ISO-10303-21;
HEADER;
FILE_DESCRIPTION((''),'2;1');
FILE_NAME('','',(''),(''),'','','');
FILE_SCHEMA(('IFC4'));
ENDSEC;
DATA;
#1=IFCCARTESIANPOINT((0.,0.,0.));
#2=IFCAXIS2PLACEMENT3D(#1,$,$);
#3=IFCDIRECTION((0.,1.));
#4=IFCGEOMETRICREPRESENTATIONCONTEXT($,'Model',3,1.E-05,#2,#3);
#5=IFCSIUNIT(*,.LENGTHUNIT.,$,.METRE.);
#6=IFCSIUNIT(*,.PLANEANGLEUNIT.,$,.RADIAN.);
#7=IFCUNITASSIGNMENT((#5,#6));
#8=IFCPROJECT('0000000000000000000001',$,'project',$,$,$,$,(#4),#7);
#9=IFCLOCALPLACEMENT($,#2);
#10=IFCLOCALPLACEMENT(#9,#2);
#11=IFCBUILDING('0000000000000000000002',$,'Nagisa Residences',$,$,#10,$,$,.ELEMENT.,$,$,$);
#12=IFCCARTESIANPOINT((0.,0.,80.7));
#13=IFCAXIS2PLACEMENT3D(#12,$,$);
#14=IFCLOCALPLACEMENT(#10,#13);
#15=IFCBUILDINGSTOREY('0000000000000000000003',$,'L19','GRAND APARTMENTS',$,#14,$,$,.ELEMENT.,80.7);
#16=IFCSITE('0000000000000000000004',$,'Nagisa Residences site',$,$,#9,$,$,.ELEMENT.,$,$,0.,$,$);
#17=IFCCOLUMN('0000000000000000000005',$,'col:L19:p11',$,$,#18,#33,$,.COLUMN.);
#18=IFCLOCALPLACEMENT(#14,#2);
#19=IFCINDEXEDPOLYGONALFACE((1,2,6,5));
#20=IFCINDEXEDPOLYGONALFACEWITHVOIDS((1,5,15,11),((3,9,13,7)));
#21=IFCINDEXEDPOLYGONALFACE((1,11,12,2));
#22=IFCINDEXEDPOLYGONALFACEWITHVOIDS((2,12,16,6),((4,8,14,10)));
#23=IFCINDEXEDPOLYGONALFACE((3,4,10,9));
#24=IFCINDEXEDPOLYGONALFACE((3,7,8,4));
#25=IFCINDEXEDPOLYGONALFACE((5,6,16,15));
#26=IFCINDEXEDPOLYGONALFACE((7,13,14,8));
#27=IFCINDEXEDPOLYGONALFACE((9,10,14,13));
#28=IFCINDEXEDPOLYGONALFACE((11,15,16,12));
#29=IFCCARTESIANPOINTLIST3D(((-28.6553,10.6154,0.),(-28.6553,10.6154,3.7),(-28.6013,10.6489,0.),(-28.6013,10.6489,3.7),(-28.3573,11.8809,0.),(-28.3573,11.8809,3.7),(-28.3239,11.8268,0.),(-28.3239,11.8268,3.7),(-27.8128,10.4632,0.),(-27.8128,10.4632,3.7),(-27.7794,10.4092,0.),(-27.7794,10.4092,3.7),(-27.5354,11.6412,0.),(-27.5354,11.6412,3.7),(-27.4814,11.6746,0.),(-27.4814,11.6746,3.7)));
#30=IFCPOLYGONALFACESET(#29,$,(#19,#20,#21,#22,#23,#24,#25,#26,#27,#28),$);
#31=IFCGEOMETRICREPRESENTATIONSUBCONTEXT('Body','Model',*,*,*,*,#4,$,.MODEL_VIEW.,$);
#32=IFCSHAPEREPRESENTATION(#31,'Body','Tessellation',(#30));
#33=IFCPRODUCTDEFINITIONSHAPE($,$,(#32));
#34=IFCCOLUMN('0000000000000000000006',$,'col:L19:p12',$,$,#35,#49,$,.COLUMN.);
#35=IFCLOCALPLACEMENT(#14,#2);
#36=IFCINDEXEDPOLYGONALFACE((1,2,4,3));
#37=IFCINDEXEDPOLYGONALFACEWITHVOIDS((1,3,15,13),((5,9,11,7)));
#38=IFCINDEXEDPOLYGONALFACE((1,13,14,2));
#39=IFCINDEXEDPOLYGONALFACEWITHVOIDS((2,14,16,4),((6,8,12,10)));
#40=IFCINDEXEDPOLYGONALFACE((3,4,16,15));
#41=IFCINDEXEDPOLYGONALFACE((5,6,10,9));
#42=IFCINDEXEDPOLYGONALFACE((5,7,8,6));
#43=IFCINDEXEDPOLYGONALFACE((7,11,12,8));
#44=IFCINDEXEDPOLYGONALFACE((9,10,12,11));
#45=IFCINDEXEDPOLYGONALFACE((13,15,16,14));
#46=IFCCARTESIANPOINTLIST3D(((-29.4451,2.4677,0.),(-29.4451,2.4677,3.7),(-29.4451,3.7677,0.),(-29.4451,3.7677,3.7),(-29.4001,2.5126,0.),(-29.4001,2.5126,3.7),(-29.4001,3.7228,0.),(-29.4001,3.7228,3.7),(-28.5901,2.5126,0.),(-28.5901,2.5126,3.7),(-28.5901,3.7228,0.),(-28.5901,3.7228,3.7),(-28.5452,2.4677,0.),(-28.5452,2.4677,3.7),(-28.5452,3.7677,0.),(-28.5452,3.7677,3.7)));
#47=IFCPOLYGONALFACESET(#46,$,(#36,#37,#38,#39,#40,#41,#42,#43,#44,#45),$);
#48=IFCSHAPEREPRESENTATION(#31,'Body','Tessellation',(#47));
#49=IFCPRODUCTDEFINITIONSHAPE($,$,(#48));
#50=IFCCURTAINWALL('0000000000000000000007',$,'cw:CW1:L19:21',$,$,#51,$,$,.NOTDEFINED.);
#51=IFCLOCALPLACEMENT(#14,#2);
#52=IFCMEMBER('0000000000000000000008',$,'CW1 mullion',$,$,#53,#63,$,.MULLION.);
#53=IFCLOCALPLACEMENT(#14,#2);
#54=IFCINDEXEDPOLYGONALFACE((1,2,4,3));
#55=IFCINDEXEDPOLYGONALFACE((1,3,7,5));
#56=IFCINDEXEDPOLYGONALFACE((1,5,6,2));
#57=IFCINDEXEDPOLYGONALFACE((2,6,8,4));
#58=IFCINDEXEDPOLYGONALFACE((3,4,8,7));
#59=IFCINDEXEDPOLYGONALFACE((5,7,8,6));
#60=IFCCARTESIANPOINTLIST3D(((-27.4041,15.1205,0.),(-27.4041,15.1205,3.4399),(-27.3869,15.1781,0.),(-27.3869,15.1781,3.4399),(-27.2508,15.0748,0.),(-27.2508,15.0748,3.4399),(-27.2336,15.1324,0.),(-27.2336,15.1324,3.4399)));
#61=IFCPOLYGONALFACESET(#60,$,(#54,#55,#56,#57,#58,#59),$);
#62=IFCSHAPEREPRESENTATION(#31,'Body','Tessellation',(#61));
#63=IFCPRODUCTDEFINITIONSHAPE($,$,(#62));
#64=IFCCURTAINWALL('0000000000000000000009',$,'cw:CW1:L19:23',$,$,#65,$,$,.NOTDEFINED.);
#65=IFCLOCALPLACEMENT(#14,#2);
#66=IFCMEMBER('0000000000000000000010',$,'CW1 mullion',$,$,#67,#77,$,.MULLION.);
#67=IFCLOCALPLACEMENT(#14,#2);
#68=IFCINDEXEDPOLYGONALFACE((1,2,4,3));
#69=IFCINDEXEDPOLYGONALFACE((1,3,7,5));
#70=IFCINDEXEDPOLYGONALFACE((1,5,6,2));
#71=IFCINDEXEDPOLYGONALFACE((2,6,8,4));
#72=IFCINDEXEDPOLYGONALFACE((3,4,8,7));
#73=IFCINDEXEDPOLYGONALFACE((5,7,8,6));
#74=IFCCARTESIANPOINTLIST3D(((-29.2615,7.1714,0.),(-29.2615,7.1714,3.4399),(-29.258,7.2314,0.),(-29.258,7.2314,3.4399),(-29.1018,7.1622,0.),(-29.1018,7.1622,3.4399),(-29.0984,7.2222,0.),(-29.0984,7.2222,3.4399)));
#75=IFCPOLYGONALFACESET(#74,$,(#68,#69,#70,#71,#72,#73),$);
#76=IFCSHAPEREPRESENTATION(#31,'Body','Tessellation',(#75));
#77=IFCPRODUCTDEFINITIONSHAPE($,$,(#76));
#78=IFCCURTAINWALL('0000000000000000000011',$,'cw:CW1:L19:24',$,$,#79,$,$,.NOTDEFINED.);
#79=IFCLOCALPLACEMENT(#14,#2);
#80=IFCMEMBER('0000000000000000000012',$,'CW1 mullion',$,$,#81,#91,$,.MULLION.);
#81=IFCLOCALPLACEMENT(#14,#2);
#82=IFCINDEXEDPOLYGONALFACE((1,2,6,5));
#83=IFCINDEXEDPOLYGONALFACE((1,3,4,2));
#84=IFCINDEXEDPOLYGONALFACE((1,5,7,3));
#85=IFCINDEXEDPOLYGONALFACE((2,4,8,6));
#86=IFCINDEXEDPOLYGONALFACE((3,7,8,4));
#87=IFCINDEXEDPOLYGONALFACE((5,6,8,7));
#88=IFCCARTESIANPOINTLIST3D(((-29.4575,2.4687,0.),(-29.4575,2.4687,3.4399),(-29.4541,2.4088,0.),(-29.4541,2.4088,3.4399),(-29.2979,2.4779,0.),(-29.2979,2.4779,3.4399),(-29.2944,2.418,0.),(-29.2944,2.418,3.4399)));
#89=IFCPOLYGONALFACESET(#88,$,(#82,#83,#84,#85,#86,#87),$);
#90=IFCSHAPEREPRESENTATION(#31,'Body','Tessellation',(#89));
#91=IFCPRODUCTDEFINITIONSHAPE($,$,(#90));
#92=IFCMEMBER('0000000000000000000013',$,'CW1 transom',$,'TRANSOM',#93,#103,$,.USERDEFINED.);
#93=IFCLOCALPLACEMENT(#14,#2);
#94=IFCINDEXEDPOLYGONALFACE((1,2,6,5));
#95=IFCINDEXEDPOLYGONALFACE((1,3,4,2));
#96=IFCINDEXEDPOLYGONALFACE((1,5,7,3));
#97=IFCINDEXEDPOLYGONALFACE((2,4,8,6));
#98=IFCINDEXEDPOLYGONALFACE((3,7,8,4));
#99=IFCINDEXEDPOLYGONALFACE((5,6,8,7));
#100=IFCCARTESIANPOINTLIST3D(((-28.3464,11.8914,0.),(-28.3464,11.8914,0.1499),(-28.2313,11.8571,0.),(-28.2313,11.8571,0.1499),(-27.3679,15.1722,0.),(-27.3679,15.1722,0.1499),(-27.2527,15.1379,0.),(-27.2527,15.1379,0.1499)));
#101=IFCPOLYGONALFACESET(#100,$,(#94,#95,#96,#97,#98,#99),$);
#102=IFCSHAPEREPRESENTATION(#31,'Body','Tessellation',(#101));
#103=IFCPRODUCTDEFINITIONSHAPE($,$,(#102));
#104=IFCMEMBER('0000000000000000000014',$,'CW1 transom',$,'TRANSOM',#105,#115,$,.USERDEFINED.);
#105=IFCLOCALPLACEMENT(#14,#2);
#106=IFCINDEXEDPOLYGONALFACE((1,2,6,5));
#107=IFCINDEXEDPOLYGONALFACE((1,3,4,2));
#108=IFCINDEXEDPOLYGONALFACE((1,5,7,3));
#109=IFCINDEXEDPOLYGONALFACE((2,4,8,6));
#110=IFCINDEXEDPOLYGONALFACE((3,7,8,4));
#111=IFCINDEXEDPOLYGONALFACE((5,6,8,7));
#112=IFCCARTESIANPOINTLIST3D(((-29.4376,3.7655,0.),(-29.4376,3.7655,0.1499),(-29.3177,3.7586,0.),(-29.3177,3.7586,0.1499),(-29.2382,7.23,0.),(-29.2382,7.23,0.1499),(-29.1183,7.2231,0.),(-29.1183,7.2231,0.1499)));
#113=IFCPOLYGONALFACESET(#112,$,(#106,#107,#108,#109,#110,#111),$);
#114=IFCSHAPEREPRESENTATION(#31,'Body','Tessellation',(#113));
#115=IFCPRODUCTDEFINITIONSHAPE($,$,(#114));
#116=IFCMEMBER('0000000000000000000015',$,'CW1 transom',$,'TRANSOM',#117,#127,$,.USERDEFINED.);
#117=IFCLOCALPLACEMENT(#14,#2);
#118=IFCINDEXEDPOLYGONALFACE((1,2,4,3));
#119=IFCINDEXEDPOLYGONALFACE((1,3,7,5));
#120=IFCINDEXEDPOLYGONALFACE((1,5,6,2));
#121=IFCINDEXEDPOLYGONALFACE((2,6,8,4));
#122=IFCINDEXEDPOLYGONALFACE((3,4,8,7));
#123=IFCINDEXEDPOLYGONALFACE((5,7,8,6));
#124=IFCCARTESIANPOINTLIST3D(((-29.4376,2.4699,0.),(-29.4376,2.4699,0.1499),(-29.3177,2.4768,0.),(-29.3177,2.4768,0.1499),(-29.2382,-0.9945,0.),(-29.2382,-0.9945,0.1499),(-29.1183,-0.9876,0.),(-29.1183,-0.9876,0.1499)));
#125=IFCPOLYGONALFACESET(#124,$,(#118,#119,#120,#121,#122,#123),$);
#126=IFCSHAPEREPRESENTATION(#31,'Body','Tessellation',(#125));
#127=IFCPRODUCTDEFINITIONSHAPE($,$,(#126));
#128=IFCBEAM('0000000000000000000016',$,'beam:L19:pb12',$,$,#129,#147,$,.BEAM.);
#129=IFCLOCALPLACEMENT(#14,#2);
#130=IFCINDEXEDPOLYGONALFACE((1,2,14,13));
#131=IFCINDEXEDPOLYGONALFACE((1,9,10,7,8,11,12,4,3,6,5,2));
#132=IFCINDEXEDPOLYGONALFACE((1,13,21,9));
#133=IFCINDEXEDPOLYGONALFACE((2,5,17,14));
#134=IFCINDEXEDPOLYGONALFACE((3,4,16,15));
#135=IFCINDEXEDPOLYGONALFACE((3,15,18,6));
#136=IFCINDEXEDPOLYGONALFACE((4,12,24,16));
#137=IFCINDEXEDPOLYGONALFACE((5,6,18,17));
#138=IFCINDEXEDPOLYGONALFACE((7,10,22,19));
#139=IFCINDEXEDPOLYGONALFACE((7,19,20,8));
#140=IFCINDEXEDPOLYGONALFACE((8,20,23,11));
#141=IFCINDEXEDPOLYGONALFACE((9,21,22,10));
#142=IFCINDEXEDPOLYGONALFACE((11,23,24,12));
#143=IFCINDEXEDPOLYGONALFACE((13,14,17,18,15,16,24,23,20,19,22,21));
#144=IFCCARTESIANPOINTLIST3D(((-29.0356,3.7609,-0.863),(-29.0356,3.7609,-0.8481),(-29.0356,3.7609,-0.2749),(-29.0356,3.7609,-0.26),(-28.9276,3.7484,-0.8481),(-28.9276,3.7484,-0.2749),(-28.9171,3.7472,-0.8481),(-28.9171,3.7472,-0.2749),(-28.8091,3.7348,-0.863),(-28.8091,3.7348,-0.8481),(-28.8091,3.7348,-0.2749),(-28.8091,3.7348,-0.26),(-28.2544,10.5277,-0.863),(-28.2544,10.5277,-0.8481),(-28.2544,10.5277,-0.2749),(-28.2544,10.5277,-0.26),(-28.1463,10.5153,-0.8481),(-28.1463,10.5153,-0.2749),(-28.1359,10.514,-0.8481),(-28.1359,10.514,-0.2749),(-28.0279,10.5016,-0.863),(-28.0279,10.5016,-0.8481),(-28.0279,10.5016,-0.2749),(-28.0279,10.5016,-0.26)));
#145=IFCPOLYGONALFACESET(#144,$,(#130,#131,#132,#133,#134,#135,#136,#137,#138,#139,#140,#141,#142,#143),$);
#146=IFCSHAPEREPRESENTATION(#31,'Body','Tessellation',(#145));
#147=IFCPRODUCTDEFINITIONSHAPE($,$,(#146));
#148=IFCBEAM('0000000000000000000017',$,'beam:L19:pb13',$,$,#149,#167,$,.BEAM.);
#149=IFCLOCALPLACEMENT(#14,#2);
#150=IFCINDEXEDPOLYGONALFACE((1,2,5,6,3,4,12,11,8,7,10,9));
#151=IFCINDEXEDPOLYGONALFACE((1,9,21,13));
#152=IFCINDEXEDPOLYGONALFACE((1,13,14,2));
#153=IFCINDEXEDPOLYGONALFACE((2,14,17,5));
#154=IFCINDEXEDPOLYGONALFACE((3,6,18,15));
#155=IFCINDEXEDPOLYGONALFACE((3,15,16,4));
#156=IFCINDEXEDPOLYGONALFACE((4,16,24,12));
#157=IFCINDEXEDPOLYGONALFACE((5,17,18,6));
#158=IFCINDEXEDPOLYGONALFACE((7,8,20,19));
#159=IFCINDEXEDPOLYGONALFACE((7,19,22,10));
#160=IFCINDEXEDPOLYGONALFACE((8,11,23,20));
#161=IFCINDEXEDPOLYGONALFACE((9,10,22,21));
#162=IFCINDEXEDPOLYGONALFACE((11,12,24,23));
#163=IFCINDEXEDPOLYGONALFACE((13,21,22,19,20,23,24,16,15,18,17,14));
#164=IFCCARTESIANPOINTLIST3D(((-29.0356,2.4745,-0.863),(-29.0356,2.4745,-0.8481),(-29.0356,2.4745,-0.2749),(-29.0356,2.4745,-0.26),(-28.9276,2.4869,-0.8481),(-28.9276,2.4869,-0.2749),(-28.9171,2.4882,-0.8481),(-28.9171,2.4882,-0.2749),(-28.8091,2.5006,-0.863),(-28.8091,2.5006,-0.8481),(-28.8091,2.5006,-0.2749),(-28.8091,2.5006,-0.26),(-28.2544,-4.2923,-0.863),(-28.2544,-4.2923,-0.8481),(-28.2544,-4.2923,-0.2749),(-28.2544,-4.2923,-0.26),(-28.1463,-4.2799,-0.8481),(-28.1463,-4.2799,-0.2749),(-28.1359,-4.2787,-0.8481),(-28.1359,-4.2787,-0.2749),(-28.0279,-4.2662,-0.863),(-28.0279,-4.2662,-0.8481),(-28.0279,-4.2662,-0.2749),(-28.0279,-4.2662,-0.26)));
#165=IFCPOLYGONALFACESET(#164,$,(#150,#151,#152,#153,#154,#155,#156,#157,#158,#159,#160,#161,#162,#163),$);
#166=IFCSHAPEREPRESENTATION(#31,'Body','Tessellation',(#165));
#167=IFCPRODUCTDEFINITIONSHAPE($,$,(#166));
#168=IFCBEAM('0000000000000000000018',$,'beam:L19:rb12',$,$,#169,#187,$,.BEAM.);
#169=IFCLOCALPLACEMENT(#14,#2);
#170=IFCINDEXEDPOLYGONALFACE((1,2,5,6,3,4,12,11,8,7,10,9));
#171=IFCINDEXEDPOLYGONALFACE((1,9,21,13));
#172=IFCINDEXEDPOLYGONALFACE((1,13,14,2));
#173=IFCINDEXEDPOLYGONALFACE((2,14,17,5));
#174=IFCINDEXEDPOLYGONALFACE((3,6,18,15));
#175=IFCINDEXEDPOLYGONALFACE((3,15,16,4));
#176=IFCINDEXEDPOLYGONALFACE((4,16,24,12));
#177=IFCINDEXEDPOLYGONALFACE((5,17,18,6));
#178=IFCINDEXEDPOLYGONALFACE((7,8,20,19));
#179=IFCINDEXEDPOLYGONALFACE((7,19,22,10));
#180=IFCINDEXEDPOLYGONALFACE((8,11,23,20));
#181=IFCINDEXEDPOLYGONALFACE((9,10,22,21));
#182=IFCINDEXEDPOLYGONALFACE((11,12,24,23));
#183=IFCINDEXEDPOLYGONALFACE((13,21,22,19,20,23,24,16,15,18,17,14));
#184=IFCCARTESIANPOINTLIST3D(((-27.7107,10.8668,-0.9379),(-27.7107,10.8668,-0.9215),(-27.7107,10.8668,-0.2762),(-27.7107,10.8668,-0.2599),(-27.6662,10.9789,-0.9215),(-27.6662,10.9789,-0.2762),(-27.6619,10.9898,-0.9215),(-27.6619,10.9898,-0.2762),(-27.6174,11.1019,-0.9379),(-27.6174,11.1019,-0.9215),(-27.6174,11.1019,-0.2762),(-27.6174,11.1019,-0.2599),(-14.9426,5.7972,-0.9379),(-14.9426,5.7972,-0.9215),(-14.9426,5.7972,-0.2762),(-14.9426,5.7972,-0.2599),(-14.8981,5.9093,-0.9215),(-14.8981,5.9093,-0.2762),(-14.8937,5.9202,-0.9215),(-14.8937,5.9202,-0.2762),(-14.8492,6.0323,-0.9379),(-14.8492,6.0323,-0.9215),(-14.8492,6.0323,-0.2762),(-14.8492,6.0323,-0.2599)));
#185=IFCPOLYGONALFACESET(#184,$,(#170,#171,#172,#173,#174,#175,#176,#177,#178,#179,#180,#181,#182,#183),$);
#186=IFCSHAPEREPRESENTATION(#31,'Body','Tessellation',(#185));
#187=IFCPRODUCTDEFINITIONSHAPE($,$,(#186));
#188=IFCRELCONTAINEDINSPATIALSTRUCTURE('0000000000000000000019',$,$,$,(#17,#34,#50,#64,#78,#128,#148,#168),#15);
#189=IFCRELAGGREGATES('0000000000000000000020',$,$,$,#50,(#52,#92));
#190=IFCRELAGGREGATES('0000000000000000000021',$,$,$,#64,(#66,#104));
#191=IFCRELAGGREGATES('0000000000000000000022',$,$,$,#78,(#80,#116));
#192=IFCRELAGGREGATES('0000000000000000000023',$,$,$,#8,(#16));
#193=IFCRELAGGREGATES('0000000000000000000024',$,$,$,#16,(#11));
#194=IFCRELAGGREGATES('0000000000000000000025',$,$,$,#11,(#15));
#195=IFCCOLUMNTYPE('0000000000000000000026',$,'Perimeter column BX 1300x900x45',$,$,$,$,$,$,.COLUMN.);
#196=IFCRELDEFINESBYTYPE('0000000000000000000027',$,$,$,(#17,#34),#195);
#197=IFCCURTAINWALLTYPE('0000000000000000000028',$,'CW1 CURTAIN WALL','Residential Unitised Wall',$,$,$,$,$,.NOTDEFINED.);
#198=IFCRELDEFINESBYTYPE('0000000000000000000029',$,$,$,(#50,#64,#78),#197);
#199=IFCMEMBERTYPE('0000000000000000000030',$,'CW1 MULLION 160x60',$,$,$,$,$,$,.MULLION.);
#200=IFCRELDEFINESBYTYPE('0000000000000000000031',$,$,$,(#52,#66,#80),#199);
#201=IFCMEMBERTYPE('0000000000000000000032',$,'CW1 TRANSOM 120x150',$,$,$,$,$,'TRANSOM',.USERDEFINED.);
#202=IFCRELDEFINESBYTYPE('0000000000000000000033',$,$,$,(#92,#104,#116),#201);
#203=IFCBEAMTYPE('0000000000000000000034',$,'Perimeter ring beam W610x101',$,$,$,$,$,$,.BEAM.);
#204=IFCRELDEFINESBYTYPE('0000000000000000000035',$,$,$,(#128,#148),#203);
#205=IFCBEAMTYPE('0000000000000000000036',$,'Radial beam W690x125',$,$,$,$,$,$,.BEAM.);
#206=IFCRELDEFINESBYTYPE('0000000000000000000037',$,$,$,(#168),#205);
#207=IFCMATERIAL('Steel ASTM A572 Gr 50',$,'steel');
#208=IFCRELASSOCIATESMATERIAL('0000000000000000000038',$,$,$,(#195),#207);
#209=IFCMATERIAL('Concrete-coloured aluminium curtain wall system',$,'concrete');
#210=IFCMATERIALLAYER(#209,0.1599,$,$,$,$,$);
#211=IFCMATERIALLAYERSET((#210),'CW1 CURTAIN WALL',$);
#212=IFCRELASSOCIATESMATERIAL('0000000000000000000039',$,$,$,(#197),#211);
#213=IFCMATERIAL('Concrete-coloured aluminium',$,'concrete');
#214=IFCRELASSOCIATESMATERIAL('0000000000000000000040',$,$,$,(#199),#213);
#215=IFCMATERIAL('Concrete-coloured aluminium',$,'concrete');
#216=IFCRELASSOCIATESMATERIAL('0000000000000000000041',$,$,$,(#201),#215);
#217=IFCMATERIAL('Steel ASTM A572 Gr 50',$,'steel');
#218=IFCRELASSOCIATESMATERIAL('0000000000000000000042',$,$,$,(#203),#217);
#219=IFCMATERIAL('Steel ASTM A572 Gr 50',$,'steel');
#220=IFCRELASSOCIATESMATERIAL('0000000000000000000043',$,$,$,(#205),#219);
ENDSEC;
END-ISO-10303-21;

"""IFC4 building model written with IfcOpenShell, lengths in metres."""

from ifc_helpers import new_model, si_unit, direction, frame, origin, origin_2d, place, context, subcontext, project, spatial, rectangle, hollow_rectangle, i_section, extrude, material, layer, layer_set, material_profile, profile_set, type_object, element, aggregate, save


model = new_model("IFC4")

# Units and contexts
model_context = context("Model", 3, precision=1e-05, world=origin(), true_north=direction((0.0, 1.0)))
body_context = subcontext(model_context, "Body", "Model", "MODEL_VIEW")
ifc_project = project(units=[si_unit("LENGTHUNIT", "METRE"), si_unit("PLANEANGLEUNIT", "RADIAN")], contexts=[model_context])

# Site, building, storey
site_placement = place(None, origin())
site = spatial("IfcSite", under=ifc_project, at=site_placement, Name="Nagisa Residences site", CompositionType="ELEMENT", RefElevation=0.0)
building_placement = place(site_placement, origin())
building = spatial("IfcBuilding", under=site, at=building_placement, Name="Nagisa Residences", CompositionType="ELEMENT")
storey_placement = place(building_placement, frame((0.0, 0.0, 80.7)))
storey = spatial("IfcBuildingStorey", under=building, at=storey_placement, Name="L19", Description="GRAND APARTMENTS", CompositionType="ELEMENT", Elevation=80.7)

# Columns
ifc_material_1 = material(Name="Steel ASTM A572 Gr 50", Category="steel")
ifc_material_profile_1 = material_profile(ifc_material_1, hollow_rectangle(XDim=1.3, YDim=0.8999, WallThickness=0.0449, at=origin_2d()), Name="BX 1300x900x45")
ifc_profile_set_1 = profile_set([ifc_material_profile_1], Name="Steel ASTM A572 Gr 50")
column_type = type_object("IfcColumnType", Name="Perimeter column BX 1300x900x45", PredefinedType="COLUMN", material=ifc_profile_set_1)
for number, where, z_axis, x_axis, name in (
    (1, (-28.0684, 11.145, 0.0), (0.0, 0.0, 1.0), (-0.229202, -0.973379, 0.0), "col:L19:p11"),
    (2, (-28.9951, 3.1177, 0.0), (0.0, 0.0, 1.0), (0.0, -1.0, 0.0), "col:L19:p12"),
):
    element("IfcColumn", number, at=place(storey_placement, frame(where, z_axis=z_axis, x_axis=x_axis)), inside=storey, type_object=column_type, Name=name, PredefinedType="COLUMN", context=body_context, shape_type="SweptSolid", body=[
        extrude(hollow_rectangle(XDim=1.3, YDim=0.8999, WallThickness=0.0449, at=origin_2d()), origin(), (0.0, 0.0, 1.0), 3.7),
    ])

# Curtain walls, members
ifc_material_2 = material(Name="Concrete-coloured aluminium curtain wall system", Category="concrete")
ifc_layer_1 = layer(ifc_material_2, 0.1599)
ifc_layer_set_1 = layer_set([ifc_layer_1], Name="CW1 CURTAIN WALL")
curtain_wall_type = type_object("IfcCurtainWallType", Name="CW1 CURTAIN WALL", Description="Residential Unitised Wall", PredefinedType="NOTDEFINED", material=ifc_layer_set_1)
curtain_wall_1_placement = place(storey_placement, origin())
curtain_wall_1 = element("IfcCurtainWall", 3, at=curtain_wall_1_placement, inside=storey, type_object=curtain_wall_type, Name="cw:CW1:L19:21", PredefinedType="NOTDEFINED")
ifc_material_3 = material(Name="Concrete-coloured aluminium", Category="concrete")
ifc_material_profile_2 = material_profile(ifc_material_3, rectangle(XDim=0.1599, YDim=0.0601, at=origin_2d()), Name="CW1 MULLION 160x60")
ifc_profile_set_2 = profile_set([ifc_material_profile_2], Name="Concrete-coloured aluminium")
member_type_1 = type_object("IfcMemberType", Name="CW1 MULLION 160x60", PredefinedType="MULLION", material=ifc_profile_set_2)
member_1_placement = place(storey_placement, frame((-27.3188, 15.1265, 0.0), z_axis=(0.0, 0.0, 1.0), x_axis=(0.958271, -0.28586, 0.0)))
member_1 = element("IfcMember", 4, at=member_1_placement, type_object=member_type_1, Name="CW1 mullion", PredefinedType="MULLION", context=body_context, shape_type="SweptSolid", body=[
    extrude(rectangle(XDim=0.1599, YDim=0.0601, at=origin_2d()), origin(), (0.0, 0.0, 1.0), 3.4399),
])
curtain_wall_2_placement = place(storey_placement, origin())
curtain_wall_2 = element("IfcCurtainWall", 5, at=curtain_wall_2_placement, inside=storey, type_object=curtain_wall_type, Name="cw:CW1:L19:23", PredefinedType="NOTDEFINED")
member_2_placement = place(storey_placement, frame((-29.1799, 7.1968, 0.0), z_axis=(0.0, 0.0, 1.0), x_axis=(0.998345, -0.057503, 0.0)))
member_2 = element("IfcMember", 6, at=member_2_placement, type_object=member_type_1, Name="CW1 mullion", PredefinedType="MULLION", context=body_context, shape_type="SweptSolid", body=[
    extrude(rectangle(XDim=0.1599, YDim=0.0601, at=origin_2d()), origin(), (0.0, 0.0, 1.0), 3.4399),
])
curtain_wall_3_placement = place(storey_placement, origin())
curtain_wall_3 = element("IfcCurtainWall", 7, at=curtain_wall_3_placement, inside=storey, type_object=curtain_wall_type, Name="cw:CW1:L19:24", PredefinedType="NOTDEFINED")
member_3_placement = place(storey_placement, frame((-29.376, 2.4434, 0.0), z_axis=(0.0, 0.0, 1.0), x_axis=(0.998345, 0.057503, 0.0)))
member_3 = element("IfcMember", 8, at=member_3_placement, type_object=member_type_1, Name="CW1 mullion", PredefinedType="MULLION", context=body_context, shape_type="SweptSolid", body=[
    extrude(rectangle(XDim=0.1599, YDim=0.0601, at=origin_2d()), origin(), (0.0, 0.0, 1.0), 3.4399),
])

# Members
ifc_material_4 = material(Name="Concrete-coloured aluminium", Category="concrete")
ifc_material_profile_3 = material_profile(ifc_material_4, rectangle(XDim=0.1201, YDim=0.1499, at=origin_2d()), Name="CW1 TRANSOM 120x150")
ifc_profile_set_3 = profile_set([ifc_material_profile_3], Name="Concrete-coloured aluminium")
member_type_2 = type_object("IfcMemberType", Name="CW1 TRANSOM 120x150", ElementType="TRANSOM", PredefinedType="USERDEFINED", material=ifc_profile_set_3)
member_4_placement = place(storey_placement, frame((-27.3103, 15.155, 0.075), z_axis=(-0.285817, -0.958284, 0.0), x_axis=(0.958284, -0.285817, 0.0)))
member_4 = element("IfcMember", 9, at=member_4_placement, type_object=member_type_2, Name="CW1 transom", ObjectType="TRANSOM", PredefinedType="USERDEFINED", context=body_context, shape_type="SweptSolid", body=[
    extrude(rectangle(XDim=0.1201, YDim=0.1499, at=origin_2d()), origin(), (0.0, 0.0, 1.0), 3.4236),
])
member_5_placement = place(storey_placement, frame((-29.1782, 7.2266, 0.075), z_axis=(-0.057477, -0.998347, 0.0), x_axis=(0.998347, -0.057477, 0.0)))
member_5 = element("IfcMember", 10, at=member_5_placement, type_object=member_type_2, Name="CW1 transom", ObjectType="TRANSOM", PredefinedType="USERDEFINED", context=body_context, shape_type="SweptSolid", body=[
    extrude(rectangle(XDim=0.1201, YDim=0.1499, at=origin_2d()), origin(), (0.0, 0.0, 1.0), 3.4702),
])
member_6_placement = place(storey_placement, frame((-29.3777, 2.4734, 0.075), z_axis=(0.057477, -0.998347, 0.0), x_axis=(0.998347, 0.057477, 0.0)))
member_6 = element("IfcMember", 11, at=member_6_placement, type_object=member_type_2, Name="CW1 transom", ObjectType="TRANSOM", PredefinedType="USERDEFINED", context=body_context, shape_type="SweptSolid", body=[
    extrude(rectangle(XDim=0.1201, YDim=0.1499, at=origin_2d()), origin(), (0.0, 0.0, 1.0), 3.4702),
])

# Beams
ifc_material_5 = material(Name="Steel ASTM A572 Gr 50", Category="steel")
ifc_material_profile_4 = material_profile(ifc_material_5, i_section(OverallWidth=0.228, OverallDepth=0.603, WebThickness=0.0105, FlangeThickness=0.0149, at=origin_2d()), Name="W610x101")
ifc_profile_set_4 = profile_set([ifc_material_profile_4], Name="Steel ASTM A572 Gr 50")
beam_type_1 = type_object("IfcBeamType", Name="Perimeter ring beam W610x101", PredefinedType="BEAM", material=ifc_profile_set_4)
for number, where, z_axis, x_axis, name in (
    (12, (-28.1411, 10.5146, -0.5615), (-0.114691, -0.993401, 0.0), (0.993401, -0.114691, 0.0), "beam:L19:pb12"),
    (13, (-28.9224, 2.4875, -0.5615), (0.114691, -0.993401, 0.0), (0.993401, 0.114691, 0.0), "beam:L19:pb13"),
):
    element("IfcBeam", number, at=place(storey_placement, frame(where, z_axis=z_axis, x_axis=x_axis)), inside=storey, type_object=beam_type_1, Name=name, PredefinedType="BEAM", context=body_context, shape_type="SweptSolid", body=[
        extrude(i_section(OverallWidth=0.228, OverallDepth=0.603, WebThickness=0.0105, FlangeThickness=0.0149, at=origin_2d()), origin(), (0.0, 0.0, 1.0), 6.8118),
    ])
ifc_material_6 = material(Name="Steel ASTM A572 Gr 50", Category="steel")
ifc_material_profile_5 = material_profile(ifc_material_6, i_section(OverallWidth=0.2529, OverallDepth=0.678, WebThickness=0.0117, FlangeThickness=0.0164, at=origin_2d()), Name="W690x125")
ifc_profile_set_5 = profile_set([ifc_material_profile_5], Name="Steel ASTM A572 Gr 50")
beam_type_2 = type_object("IfcBeamType", Name="Radial beam W690x125", PredefinedType="BEAM", material=ifc_profile_set_5)
beam_1_placement = place(storey_placement, frame((-27.6641, 10.9844, -0.5989), z_axis=(0.929419, -0.369027, 0.0), x_axis=(0.369027, 0.929419, 0.0)))
element("IfcBeam", 14, at=beam_1_placement, inside=storey, type_object=beam_type_2, Name="beam:L19:rb12", PredefinedType="BEAM", context=body_context, shape_type="SweptSolid", body=[
    extrude(i_section(OverallWidth=0.2529, OverallDepth=0.678, WebThickness=0.0117, FlangeThickness=0.0164, at=origin_2d()), origin(), (0.0, 0.0, 1.0), 13.7378),
])

aggregate(curtain_wall_1, [member_1, member_4])
aggregate(curtain_wall_2, [member_2, member_5])
aggregate(curtain_wall_3, [member_3, member_6])

save(model, "model.ifc")
